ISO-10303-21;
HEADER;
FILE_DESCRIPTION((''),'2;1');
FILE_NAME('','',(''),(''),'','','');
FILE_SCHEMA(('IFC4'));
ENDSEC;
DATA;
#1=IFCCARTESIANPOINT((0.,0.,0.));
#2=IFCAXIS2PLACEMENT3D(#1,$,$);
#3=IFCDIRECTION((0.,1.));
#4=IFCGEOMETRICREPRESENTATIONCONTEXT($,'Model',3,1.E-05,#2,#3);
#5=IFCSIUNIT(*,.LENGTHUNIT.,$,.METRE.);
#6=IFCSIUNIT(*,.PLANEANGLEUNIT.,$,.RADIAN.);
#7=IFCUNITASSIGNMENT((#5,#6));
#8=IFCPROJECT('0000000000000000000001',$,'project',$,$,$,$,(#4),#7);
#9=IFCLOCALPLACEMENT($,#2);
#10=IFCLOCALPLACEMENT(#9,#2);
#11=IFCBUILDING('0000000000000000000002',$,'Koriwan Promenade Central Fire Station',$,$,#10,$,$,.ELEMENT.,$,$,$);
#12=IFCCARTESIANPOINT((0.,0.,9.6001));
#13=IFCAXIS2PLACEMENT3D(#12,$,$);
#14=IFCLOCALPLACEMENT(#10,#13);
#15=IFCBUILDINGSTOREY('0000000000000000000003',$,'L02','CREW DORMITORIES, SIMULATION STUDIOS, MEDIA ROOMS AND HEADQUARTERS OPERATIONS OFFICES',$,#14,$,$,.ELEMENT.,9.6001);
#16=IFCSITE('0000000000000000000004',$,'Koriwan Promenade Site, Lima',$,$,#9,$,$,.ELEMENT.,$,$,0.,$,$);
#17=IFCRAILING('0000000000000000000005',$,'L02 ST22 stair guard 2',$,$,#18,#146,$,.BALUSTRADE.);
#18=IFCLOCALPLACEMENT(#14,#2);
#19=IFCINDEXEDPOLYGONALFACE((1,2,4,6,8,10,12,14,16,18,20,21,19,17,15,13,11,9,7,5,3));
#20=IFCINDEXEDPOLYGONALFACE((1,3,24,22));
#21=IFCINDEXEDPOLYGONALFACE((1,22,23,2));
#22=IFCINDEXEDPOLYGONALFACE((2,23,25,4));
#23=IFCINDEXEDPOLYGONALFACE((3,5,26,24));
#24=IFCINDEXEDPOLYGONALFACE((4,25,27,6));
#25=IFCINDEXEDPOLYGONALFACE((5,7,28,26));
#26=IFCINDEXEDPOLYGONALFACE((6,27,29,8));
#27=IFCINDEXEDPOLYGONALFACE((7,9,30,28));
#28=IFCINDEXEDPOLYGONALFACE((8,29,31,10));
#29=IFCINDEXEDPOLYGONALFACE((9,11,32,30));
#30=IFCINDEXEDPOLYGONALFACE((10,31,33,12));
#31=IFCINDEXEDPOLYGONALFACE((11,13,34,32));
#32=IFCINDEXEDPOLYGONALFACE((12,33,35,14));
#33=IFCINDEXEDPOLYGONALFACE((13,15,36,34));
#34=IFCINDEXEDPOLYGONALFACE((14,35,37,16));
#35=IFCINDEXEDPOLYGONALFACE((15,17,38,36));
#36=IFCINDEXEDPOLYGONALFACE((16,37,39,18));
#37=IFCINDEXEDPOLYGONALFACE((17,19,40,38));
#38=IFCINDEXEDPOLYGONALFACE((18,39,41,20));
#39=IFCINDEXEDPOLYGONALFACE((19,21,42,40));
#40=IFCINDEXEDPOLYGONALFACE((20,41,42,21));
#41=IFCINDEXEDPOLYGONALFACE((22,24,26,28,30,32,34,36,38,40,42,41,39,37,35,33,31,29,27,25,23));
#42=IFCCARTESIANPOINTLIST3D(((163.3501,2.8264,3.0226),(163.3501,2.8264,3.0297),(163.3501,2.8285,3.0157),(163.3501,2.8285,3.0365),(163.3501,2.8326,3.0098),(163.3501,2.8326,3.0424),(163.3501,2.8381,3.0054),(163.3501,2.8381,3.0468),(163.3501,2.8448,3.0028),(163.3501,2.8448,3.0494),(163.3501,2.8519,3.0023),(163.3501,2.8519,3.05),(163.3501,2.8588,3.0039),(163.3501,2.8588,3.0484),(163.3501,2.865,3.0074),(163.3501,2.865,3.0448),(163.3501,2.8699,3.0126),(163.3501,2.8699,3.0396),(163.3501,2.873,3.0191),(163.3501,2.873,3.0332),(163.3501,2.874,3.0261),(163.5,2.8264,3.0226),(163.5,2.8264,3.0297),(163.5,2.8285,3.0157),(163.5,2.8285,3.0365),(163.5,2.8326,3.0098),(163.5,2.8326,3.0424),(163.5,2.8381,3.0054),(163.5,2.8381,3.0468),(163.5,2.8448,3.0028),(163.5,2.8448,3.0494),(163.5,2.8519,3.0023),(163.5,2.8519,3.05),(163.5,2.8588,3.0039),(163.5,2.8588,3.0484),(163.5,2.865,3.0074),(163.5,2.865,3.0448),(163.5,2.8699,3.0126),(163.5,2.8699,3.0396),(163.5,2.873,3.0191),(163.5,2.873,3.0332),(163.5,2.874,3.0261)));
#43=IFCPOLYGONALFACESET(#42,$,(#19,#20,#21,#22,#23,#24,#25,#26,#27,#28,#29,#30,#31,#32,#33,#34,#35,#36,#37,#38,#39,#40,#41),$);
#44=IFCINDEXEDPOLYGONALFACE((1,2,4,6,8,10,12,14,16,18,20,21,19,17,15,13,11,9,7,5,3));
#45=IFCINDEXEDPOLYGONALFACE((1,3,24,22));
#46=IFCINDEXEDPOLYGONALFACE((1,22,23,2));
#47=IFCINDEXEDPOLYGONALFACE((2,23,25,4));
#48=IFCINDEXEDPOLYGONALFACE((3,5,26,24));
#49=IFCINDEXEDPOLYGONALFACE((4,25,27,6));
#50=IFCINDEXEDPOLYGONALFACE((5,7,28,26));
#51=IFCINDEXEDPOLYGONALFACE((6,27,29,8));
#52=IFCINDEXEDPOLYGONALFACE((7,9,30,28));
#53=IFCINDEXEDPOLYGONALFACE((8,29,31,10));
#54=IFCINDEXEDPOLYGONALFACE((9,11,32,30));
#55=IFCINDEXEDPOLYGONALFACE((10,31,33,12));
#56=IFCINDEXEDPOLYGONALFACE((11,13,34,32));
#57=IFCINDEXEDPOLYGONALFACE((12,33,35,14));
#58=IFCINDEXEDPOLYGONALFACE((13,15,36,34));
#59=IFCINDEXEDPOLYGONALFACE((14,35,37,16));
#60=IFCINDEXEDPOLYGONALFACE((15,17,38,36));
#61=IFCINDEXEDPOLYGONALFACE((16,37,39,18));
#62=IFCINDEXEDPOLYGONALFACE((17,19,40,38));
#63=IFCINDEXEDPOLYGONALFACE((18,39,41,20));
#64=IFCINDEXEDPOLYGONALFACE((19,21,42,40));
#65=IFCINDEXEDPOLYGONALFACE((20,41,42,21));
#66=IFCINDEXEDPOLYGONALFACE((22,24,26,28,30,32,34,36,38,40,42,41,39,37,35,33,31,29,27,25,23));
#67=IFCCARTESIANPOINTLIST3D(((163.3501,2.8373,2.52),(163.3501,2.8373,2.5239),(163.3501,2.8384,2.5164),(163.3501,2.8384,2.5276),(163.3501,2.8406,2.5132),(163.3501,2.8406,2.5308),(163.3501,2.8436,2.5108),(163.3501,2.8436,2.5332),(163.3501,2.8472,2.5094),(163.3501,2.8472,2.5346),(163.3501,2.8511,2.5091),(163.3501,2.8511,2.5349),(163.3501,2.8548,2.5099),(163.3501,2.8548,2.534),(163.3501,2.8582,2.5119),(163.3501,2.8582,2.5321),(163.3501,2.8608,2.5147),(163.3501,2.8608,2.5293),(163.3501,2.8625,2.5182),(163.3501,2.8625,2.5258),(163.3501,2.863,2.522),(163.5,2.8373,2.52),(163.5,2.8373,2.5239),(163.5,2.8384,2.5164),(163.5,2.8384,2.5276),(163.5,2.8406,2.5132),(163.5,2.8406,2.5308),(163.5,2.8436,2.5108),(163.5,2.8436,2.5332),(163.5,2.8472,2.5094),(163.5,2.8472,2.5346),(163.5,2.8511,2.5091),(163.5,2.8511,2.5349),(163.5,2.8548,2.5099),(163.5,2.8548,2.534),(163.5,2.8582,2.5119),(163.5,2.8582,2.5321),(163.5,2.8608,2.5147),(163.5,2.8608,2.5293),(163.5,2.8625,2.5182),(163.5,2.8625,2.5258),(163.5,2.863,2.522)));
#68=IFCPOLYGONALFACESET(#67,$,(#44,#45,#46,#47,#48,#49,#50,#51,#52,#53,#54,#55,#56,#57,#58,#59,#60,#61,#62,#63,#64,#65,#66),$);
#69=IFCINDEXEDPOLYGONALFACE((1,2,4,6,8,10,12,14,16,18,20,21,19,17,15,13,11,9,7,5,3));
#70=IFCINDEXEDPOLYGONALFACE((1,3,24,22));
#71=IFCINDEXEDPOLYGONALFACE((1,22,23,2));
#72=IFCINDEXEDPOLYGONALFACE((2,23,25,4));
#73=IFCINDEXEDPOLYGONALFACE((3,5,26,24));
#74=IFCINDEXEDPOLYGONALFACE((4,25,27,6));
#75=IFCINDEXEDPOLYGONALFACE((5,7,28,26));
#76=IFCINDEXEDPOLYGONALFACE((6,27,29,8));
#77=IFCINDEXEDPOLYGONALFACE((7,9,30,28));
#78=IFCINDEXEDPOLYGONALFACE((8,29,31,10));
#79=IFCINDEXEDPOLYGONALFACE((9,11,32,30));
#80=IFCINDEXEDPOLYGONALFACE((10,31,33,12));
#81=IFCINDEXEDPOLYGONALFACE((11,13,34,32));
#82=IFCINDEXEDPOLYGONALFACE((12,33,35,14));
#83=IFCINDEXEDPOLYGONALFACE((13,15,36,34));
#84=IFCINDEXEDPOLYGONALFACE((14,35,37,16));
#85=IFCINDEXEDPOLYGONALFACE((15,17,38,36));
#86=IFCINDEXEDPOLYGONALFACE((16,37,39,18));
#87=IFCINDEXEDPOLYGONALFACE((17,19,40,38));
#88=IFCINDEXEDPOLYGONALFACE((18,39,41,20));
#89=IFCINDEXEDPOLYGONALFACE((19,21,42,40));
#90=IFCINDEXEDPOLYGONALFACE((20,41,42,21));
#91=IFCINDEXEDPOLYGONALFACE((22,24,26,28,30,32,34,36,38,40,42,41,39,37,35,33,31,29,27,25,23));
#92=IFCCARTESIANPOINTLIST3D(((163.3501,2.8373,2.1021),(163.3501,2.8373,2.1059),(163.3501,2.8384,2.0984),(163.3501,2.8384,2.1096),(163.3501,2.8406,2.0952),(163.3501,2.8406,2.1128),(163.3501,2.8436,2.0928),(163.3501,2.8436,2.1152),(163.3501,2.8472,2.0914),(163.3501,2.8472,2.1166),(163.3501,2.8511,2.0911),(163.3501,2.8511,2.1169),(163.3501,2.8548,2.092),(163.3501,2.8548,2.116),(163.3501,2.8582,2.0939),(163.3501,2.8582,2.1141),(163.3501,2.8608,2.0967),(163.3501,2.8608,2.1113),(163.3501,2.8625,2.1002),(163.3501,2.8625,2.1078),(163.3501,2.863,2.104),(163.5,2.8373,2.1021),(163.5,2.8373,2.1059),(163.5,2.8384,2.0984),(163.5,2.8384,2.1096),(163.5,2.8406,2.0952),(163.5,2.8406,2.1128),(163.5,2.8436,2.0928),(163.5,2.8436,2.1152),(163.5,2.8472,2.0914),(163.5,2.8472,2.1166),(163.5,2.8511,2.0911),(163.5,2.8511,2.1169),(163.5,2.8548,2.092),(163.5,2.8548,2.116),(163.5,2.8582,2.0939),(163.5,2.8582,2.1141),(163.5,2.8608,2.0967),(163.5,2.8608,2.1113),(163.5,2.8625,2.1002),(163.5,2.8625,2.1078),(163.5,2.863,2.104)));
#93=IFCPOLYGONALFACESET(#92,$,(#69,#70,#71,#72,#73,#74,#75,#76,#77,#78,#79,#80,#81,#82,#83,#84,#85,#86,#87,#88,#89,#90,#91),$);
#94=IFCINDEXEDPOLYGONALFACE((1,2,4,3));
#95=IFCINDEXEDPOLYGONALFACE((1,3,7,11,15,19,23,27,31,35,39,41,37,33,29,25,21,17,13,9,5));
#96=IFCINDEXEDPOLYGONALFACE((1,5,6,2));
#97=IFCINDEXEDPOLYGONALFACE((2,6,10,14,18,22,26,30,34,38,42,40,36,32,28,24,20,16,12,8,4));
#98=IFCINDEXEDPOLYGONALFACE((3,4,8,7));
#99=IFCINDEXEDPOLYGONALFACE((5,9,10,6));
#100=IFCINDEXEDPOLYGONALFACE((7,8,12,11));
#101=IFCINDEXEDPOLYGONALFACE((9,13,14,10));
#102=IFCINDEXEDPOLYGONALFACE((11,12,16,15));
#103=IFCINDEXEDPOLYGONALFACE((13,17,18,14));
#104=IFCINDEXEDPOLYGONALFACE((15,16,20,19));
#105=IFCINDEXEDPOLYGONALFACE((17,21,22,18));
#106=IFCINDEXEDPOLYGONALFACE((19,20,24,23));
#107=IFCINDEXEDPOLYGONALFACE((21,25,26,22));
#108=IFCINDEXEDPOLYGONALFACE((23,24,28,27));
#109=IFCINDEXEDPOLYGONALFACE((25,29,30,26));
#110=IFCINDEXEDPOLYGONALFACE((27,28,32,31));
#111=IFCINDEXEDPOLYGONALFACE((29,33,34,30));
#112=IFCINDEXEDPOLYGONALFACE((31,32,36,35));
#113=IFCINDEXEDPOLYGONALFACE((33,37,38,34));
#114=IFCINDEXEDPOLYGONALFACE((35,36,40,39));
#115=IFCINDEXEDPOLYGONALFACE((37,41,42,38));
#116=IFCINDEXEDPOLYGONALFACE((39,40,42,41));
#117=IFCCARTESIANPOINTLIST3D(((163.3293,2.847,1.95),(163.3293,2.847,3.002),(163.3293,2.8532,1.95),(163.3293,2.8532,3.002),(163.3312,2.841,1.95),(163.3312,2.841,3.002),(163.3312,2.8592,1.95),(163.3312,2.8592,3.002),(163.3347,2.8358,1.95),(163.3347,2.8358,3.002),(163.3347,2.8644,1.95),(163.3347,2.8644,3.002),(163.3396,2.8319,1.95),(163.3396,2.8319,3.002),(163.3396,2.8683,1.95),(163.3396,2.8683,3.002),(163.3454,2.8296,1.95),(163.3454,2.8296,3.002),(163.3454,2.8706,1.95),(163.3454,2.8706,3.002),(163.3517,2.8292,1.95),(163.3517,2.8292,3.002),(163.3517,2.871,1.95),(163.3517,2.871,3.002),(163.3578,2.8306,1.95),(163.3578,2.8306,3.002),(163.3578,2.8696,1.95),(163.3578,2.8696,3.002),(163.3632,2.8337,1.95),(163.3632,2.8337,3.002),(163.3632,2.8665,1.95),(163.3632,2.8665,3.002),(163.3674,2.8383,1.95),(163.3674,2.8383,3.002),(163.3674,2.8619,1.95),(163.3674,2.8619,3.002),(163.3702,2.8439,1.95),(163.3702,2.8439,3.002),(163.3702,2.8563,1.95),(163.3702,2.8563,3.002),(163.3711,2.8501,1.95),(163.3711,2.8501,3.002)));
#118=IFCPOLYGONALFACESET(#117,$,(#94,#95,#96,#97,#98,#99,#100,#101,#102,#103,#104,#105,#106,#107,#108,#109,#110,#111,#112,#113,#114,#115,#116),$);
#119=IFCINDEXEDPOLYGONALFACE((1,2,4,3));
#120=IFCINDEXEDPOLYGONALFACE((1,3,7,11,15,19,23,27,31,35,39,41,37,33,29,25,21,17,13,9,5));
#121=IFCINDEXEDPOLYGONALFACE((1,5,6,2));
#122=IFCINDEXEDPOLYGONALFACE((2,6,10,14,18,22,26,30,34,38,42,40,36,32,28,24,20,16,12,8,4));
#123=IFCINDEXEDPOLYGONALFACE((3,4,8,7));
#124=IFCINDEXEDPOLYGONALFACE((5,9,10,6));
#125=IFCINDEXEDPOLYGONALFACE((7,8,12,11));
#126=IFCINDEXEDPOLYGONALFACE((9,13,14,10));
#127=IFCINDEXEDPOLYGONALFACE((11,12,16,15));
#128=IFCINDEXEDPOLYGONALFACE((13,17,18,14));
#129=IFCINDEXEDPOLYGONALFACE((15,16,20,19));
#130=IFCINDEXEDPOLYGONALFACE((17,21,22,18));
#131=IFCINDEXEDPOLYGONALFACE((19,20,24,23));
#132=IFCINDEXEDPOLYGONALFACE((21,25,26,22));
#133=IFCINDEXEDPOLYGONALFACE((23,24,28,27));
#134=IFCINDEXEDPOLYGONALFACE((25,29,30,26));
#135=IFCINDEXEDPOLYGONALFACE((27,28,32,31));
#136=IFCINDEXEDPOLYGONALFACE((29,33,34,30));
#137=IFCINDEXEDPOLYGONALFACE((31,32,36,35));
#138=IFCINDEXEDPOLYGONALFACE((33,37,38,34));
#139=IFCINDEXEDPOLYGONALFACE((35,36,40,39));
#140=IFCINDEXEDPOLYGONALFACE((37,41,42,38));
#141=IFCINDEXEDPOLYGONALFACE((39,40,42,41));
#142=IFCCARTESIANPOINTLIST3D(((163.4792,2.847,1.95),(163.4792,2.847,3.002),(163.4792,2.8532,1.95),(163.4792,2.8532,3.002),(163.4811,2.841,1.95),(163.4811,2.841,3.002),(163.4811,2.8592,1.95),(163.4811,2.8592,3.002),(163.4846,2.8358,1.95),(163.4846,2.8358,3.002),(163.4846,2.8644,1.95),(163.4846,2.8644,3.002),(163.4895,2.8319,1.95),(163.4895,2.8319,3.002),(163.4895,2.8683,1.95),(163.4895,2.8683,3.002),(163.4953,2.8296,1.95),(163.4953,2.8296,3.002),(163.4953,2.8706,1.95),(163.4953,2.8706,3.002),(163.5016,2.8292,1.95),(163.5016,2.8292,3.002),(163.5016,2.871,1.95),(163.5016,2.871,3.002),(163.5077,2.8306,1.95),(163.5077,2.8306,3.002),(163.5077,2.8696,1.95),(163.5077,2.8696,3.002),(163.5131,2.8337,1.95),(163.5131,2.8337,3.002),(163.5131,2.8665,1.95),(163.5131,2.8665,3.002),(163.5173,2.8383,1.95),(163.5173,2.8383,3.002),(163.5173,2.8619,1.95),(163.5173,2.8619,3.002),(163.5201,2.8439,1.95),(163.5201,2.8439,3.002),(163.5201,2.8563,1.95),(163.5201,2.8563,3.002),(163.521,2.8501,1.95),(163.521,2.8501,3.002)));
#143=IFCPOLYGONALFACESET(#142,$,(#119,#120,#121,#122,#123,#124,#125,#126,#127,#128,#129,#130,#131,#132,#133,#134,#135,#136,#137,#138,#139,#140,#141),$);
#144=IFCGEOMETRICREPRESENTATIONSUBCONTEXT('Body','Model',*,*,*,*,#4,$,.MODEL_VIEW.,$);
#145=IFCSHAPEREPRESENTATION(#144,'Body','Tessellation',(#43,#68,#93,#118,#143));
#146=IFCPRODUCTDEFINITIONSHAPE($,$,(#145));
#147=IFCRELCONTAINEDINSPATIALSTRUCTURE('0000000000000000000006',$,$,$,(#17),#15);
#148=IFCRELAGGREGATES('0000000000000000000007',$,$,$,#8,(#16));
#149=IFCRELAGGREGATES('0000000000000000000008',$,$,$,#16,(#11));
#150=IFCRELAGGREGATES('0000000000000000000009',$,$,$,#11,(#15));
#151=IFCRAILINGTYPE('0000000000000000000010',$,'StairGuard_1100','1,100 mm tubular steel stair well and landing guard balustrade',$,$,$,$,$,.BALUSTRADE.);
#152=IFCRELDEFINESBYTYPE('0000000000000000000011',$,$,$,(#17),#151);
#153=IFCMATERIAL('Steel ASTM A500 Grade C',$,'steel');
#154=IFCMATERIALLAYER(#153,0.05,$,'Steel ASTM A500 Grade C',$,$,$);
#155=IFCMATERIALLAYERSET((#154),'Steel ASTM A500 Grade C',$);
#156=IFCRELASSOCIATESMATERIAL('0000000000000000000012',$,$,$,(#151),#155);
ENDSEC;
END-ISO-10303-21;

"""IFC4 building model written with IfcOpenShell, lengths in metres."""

from ifc_helpers import new_model, si_unit, direction, frame, origin, origin_2d, place, context, subcontext, project, spatial, circle, extrude, material, layer, layer_set, type_object, element, save


model = new_model("IFC4")

# Units and contexts
model_context = context("Model", 3, precision=1e-05, world=origin(), true_north=direction((0.0, 1.0)))
body_context = subcontext(model_context, "Body", "Model", "MODEL_VIEW")
ifc_project = project(units=[si_unit("LENGTHUNIT", "METRE"), si_unit("PLANEANGLEUNIT", "RADIAN")], contexts=[model_context])

# Site, building, storey
site_placement = place(None, origin())
site = spatial("IfcSite", under=ifc_project, at=site_placement, Name="Koriwan Promenade Site, Lima", CompositionType="ELEMENT", RefElevation=0.0)
building_placement = place(site_placement, origin())
building = spatial("IfcBuilding", under=site, at=building_placement, Name="Koriwan Promenade Central Fire Station", CompositionType="ELEMENT")
storey_placement = place(building_placement, frame((0.0, 0.0, 9.6001)))
storey = spatial("IfcBuildingStorey", under=building, at=storey_placement, Name="L02", Description="CREW DORMITORIES, SIMULATION STUDIOS, MEDIA ROOMS AND HEADQUARTERS OPERATIONS OFFICES", CompositionType="ELEMENT", Elevation=9.6001)

# Railing
ifc_material_1 = material(Name="Steel ASTM A500 Grade C", Category="steel")
ifc_layer_1 = layer(ifc_material_1, 0.05, Name="Steel ASTM A500 Grade C")
ifc_layer_set_1 = layer_set([ifc_layer_1], Name="Steel ASTM A500 Grade C")
railing_type_1 = type_object("IfcRailingType", Name="StairGuard_1100", Description="1,100 mm tubular steel stair well and landing guard balustrade", PredefinedType="BALUSTRADE", material=ifc_layer_set_1)
railing_1_placement = place(storey_placement, frame((163.3501, 2.8501, 1.95)))
element("IfcRailing", 1, at=railing_1_placement, inside=storey, type_object=railing_type_1, Name="L02 ST22 stair guard 2", PredefinedType="BALUSTRADE", context=body_context, shape_type="SweptSolid", body=[
    extrude(circle(Radius=0.0239, at=origin_2d()), frame((0.0, 0.0, 1.0762), z_axis=(1.0, 0.0, 0.0), x_axis=(0.0, 1.0, 0.0)), (0.0, 0.0, 1.0), 0.1499),
    extrude(circle(Radius=0.0129, at=origin_2d()), frame((0.0, 0.0, 0.572), z_axis=(1.0, 0.0, 0.0), x_axis=(0.0, 1.0, 0.0)), (0.0, 0.0, 1.0), 0.1499),
    extrude(circle(Radius=0.0129, at=origin_2d()), frame((0.0, 0.0, 0.1541), z_axis=(1.0, 0.0, 0.0), x_axis=(0.0, 1.0, 0.0)), (0.0, 0.0, 1.0), 0.1499),
    extrude(circle(Radius=0.021, at=origin_2d()), origin(), (0.0, 0.0, 1.0), 1.052),
    extrude(circle(Radius=0.021, at=origin_2d()), frame((0.1499, 0.0, 0.0)), (0.0, 0.0, 1.0), 1.052),
])

save(model, "model.ifc")
